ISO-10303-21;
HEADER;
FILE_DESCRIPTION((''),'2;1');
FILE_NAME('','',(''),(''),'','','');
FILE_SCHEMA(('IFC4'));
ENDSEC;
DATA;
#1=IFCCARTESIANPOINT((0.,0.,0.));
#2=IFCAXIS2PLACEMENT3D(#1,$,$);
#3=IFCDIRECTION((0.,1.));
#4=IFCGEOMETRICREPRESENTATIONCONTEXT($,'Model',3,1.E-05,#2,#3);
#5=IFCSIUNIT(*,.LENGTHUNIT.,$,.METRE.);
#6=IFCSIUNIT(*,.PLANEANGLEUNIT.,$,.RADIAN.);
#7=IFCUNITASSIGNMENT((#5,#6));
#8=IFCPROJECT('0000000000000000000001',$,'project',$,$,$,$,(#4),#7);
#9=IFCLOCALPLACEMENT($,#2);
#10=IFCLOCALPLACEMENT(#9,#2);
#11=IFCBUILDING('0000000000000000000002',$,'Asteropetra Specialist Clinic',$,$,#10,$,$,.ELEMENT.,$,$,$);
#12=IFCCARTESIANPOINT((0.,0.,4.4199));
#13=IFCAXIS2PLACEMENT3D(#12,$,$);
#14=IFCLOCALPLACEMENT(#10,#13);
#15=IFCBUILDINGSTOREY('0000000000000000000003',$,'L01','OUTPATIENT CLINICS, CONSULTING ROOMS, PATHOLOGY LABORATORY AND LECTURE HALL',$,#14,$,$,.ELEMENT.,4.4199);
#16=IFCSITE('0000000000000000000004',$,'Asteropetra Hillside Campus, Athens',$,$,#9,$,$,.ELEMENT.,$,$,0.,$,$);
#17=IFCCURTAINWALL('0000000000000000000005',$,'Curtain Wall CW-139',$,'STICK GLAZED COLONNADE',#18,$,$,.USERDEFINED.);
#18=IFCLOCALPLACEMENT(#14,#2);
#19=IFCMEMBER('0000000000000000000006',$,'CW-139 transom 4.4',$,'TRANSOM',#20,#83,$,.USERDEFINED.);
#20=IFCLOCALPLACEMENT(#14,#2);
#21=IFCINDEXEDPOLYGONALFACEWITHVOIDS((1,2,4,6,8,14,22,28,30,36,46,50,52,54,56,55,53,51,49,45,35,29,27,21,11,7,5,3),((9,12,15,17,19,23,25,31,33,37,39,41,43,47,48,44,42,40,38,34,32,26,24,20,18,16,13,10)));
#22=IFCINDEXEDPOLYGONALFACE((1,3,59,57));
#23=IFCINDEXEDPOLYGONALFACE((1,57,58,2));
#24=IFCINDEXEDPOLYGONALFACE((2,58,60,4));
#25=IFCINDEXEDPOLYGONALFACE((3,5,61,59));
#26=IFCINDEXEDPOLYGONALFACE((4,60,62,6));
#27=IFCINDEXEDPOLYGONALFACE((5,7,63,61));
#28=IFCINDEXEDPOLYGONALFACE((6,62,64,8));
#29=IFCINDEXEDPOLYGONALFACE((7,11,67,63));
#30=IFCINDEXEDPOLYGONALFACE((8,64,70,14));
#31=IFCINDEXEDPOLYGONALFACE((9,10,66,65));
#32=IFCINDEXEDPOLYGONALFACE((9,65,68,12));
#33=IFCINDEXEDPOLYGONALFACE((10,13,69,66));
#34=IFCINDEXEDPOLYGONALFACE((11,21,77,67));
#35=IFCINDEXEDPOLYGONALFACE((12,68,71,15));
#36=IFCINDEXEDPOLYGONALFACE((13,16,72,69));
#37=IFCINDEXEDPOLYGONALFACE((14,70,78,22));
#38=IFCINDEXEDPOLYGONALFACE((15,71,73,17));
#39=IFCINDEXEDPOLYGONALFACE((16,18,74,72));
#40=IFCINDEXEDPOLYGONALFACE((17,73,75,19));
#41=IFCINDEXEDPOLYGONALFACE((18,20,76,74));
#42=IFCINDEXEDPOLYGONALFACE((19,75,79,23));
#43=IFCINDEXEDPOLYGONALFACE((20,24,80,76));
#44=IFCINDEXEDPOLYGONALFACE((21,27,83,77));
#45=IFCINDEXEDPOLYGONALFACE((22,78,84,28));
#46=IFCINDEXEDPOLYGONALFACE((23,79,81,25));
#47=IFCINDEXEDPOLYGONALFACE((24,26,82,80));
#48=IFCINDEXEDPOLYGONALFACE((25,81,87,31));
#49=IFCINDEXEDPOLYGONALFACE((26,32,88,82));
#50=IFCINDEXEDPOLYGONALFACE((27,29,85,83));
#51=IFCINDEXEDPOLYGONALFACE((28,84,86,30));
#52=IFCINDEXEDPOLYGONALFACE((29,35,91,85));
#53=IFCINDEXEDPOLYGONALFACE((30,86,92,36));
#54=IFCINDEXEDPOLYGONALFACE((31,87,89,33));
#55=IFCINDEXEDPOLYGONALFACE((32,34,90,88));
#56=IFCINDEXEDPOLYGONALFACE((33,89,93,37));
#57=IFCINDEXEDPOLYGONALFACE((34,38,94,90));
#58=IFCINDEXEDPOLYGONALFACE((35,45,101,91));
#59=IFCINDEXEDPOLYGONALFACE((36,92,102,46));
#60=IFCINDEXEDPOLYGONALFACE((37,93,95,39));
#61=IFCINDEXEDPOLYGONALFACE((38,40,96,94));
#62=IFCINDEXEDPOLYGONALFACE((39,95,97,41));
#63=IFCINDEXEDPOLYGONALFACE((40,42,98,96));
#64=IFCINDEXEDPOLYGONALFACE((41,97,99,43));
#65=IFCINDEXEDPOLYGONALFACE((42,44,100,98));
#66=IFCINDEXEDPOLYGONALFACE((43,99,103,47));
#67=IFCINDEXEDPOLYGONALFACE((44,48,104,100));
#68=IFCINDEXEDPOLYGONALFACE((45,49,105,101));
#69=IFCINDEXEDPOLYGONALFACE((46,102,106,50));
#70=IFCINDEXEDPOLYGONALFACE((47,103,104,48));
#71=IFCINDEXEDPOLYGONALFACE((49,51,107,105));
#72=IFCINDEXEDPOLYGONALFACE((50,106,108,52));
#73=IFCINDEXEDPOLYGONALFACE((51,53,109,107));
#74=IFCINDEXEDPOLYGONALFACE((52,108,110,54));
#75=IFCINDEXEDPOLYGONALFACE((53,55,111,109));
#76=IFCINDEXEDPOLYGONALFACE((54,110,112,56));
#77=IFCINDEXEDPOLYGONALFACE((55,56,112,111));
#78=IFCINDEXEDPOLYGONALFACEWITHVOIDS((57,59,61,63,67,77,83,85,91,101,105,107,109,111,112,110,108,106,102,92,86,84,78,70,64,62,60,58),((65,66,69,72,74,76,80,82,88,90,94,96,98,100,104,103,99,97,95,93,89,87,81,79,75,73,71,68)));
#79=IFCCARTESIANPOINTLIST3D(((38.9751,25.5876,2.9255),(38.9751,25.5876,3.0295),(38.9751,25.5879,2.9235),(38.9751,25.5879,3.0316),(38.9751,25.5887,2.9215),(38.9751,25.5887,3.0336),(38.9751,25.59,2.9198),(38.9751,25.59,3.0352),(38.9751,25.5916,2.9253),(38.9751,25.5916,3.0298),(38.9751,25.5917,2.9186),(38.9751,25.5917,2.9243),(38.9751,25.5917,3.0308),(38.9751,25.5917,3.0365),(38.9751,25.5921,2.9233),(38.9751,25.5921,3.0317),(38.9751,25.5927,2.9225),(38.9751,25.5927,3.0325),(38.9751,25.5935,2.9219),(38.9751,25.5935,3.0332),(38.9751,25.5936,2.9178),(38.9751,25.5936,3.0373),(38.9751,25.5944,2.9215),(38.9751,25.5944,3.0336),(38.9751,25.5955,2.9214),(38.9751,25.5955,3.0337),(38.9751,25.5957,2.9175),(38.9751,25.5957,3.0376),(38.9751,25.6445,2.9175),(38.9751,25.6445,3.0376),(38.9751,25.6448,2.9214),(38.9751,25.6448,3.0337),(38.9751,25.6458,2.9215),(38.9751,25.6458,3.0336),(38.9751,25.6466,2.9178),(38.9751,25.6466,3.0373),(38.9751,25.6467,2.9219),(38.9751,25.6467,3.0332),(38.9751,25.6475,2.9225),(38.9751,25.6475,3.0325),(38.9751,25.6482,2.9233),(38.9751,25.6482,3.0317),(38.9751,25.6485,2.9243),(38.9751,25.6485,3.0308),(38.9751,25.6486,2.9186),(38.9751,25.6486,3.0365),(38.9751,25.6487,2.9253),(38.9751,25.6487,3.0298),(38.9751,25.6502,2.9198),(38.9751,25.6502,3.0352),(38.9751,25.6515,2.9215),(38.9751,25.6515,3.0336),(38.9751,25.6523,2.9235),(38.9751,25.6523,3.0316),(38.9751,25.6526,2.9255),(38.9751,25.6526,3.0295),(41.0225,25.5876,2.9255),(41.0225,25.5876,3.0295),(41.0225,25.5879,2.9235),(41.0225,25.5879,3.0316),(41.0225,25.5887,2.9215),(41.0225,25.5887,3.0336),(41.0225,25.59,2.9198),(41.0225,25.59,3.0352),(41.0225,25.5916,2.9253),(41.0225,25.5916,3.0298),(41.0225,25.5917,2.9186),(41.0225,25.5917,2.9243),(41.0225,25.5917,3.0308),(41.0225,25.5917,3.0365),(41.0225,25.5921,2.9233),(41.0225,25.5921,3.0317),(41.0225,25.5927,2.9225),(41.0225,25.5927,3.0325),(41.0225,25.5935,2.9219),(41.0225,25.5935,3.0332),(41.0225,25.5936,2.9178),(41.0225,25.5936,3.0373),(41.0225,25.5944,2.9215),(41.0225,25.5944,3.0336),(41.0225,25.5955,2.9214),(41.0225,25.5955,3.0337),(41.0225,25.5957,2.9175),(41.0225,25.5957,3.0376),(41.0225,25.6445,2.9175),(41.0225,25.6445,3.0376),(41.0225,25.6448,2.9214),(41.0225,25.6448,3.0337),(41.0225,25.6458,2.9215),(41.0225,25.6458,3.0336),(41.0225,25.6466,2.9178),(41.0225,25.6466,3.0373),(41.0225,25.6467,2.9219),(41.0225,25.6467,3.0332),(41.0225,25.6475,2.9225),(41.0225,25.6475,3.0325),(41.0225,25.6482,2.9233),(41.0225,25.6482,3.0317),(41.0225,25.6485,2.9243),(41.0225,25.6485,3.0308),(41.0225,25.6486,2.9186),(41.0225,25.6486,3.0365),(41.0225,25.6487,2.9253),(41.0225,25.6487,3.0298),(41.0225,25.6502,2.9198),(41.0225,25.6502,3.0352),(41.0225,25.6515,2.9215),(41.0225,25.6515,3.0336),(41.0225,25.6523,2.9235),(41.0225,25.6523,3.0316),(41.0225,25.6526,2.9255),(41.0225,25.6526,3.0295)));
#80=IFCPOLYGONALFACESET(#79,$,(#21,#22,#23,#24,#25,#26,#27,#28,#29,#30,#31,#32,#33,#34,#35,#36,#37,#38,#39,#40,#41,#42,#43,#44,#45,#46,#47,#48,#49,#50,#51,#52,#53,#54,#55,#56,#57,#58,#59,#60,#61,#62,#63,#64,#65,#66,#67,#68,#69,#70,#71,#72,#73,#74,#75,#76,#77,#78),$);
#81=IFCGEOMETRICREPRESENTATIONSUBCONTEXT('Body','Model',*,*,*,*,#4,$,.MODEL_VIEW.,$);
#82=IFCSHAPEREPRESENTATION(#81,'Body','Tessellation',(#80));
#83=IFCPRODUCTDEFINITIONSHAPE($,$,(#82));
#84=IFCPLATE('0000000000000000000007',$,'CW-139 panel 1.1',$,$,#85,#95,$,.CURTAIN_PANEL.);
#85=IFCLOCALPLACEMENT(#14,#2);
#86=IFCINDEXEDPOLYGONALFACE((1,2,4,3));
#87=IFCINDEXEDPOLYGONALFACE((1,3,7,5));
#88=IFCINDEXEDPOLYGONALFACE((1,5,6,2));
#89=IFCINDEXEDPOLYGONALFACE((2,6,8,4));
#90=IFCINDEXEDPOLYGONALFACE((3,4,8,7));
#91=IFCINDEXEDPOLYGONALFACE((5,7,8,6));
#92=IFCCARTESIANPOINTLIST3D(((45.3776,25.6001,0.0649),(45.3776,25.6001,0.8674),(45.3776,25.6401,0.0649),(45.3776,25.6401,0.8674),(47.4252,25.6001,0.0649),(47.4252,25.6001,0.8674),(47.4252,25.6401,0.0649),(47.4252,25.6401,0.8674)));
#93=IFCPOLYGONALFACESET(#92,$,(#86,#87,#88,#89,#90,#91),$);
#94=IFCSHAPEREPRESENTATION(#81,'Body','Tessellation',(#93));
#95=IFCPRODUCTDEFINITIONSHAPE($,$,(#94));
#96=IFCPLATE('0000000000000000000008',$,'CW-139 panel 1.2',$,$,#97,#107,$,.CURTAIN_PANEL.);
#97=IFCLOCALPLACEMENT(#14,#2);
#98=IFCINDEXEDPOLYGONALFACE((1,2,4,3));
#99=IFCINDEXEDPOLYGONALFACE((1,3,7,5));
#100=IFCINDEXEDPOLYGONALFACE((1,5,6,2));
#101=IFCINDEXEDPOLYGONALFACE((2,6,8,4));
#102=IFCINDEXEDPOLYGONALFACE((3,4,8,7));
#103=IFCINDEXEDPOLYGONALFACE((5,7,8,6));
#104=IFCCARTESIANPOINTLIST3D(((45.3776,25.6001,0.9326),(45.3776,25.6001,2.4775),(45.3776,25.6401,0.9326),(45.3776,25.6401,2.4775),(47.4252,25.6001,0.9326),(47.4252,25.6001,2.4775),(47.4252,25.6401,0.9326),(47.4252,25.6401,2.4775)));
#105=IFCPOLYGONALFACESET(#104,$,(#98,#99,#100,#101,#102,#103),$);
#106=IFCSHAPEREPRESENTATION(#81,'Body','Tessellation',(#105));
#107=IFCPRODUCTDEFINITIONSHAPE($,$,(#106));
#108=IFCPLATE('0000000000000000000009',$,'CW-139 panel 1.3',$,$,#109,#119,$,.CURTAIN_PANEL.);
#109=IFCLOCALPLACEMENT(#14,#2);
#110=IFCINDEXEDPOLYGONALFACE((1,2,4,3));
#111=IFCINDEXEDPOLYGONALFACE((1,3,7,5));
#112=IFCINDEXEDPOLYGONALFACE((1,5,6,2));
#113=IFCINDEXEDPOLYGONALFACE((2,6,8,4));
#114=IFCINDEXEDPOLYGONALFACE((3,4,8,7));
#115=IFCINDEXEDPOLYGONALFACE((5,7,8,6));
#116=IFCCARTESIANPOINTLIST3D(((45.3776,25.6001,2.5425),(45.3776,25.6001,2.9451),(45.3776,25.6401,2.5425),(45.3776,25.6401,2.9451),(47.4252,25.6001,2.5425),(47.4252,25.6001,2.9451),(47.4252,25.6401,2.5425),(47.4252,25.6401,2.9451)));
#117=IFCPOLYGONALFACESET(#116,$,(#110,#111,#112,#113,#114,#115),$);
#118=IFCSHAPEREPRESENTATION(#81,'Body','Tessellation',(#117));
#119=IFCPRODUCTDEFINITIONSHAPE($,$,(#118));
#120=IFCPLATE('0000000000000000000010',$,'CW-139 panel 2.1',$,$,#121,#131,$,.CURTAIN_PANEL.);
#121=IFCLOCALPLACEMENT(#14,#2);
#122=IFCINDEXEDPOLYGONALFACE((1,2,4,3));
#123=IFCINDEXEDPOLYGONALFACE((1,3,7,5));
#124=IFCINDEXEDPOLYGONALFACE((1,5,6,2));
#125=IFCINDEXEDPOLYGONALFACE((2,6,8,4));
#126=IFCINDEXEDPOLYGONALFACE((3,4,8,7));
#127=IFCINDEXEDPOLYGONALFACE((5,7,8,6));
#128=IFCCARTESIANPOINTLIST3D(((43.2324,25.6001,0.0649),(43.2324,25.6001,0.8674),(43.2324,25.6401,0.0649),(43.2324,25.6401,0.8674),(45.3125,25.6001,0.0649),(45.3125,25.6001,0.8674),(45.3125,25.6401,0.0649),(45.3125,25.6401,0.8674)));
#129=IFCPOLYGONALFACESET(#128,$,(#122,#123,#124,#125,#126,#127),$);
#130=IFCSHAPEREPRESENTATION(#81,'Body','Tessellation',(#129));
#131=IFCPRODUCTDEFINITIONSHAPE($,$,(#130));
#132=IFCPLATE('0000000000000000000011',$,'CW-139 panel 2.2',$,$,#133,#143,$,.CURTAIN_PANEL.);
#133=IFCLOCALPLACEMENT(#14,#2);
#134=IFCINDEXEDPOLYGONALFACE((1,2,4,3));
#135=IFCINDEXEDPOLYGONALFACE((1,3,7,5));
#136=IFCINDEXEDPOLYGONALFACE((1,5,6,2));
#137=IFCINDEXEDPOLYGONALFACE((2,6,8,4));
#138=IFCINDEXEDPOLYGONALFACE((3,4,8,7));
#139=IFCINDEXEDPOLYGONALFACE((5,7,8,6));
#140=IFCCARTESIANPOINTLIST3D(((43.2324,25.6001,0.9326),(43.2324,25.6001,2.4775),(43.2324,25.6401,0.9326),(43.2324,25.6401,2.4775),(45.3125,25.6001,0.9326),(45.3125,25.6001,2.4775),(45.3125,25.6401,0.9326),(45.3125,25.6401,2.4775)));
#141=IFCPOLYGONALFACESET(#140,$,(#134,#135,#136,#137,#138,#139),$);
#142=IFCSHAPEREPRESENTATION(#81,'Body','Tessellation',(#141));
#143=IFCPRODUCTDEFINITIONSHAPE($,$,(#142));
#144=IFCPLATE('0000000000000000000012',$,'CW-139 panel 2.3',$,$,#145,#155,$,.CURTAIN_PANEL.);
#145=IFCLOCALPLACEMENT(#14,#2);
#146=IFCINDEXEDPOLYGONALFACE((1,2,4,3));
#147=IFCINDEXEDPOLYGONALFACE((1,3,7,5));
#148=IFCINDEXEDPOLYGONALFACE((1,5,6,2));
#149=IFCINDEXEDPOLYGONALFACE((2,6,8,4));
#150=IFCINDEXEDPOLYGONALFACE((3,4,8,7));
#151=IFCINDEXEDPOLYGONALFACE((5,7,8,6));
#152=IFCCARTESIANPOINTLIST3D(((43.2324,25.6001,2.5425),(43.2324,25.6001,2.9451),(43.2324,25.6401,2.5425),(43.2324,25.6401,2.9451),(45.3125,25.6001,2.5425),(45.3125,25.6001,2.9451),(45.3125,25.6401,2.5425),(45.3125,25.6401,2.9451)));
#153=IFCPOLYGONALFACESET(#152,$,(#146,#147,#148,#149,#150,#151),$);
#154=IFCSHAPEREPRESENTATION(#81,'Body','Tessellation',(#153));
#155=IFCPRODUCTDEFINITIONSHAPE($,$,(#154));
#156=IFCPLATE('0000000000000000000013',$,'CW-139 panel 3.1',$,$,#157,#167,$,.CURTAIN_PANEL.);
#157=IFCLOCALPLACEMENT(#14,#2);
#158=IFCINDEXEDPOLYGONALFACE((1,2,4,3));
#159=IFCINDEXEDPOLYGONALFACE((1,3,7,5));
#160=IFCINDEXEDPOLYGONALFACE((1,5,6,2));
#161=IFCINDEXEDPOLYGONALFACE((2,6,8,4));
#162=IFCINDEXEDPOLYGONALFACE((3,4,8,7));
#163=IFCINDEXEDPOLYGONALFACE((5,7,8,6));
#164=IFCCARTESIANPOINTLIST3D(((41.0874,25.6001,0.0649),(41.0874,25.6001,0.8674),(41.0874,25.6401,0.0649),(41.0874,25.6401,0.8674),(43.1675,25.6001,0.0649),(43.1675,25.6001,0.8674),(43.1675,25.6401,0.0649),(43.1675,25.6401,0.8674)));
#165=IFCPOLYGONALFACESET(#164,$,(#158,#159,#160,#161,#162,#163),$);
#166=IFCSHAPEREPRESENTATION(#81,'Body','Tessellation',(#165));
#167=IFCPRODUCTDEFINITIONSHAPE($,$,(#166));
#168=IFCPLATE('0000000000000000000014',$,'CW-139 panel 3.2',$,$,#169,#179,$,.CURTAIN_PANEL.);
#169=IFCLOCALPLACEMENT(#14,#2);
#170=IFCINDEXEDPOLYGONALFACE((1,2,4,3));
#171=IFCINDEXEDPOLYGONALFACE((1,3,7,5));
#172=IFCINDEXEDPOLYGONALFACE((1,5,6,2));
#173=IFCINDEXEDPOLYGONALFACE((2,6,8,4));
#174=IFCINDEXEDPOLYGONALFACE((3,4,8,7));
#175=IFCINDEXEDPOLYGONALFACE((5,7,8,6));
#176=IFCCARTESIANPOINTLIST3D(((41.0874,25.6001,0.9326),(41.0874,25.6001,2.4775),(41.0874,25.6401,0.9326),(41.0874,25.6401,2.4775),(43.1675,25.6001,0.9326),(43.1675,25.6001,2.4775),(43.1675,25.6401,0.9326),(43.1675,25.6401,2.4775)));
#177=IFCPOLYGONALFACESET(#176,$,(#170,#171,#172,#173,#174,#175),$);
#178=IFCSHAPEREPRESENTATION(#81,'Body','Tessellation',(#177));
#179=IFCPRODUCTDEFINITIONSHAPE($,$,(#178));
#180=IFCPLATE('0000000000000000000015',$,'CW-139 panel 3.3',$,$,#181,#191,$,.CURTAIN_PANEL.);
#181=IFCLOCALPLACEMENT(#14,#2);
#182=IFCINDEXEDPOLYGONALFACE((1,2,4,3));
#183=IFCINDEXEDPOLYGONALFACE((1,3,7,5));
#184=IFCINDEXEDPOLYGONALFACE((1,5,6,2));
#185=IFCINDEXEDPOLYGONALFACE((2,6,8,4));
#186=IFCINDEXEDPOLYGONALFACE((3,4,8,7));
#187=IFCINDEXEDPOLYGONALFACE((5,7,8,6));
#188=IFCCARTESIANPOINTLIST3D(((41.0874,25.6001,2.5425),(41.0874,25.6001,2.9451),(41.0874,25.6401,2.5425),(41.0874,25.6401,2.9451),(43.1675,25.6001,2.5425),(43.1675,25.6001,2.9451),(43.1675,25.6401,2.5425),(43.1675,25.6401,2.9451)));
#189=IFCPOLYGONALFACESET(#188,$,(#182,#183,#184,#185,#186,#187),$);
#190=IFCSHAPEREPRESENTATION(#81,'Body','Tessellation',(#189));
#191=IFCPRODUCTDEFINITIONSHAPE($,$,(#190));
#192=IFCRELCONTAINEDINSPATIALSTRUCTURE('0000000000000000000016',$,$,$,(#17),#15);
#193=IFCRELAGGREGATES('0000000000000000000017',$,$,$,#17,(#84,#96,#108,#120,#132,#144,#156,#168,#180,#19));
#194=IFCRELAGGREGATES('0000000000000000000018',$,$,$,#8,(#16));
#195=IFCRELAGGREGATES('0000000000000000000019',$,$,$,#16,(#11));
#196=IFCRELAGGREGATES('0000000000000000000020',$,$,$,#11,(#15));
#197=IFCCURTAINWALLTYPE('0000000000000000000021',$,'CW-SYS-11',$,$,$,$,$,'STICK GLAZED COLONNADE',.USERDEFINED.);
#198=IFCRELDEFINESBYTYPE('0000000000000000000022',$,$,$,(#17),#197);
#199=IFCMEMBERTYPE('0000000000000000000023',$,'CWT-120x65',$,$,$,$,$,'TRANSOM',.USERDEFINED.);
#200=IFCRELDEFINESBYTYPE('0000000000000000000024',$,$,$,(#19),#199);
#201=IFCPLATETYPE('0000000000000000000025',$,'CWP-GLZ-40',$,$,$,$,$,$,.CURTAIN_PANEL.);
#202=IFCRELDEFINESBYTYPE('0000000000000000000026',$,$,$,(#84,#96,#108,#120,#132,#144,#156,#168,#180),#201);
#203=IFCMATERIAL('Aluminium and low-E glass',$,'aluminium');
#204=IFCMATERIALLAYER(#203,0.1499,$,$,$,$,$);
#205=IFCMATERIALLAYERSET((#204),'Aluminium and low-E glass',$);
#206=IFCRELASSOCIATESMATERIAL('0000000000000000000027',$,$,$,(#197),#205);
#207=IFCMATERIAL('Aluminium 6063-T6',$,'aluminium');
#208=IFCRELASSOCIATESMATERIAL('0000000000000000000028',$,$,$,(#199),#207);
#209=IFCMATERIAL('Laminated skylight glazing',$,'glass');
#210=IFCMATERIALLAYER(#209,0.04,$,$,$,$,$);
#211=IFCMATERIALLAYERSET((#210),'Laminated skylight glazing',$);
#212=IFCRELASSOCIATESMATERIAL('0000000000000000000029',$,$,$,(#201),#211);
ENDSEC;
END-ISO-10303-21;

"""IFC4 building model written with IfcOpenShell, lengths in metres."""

from ifc_helpers import new_model, si_unit, direction, frame, origin, origin_2d, place, context, subcontext, project, spatial, rectangle, hollow_rectangle, extrude, material, layer, layer_set, material_profile, profile_set, type_object, element, aggregate, save


model = new_model("IFC4")

# Units and contexts
model_context = context("Model", 3, precision=1e-05, world=origin(), true_north=direction((0.0, 1.0)))
body_context = subcontext(model_context, "Body", "Model", "MODEL_VIEW")
ifc_project = project(units=[si_unit("LENGTHUNIT", "METRE"), si_unit("PLANEANGLEUNIT", "RADIAN")], contexts=[model_context])

# Site, building, storey
site_placement = place(None, origin())
site = spatial("IfcSite", under=ifc_project, at=site_placement, Name="Asteropetra Hillside Campus, Athens", CompositionType="ELEMENT", RefElevation=0.0)
building_placement = place(site_placement, origin())
building = spatial("IfcBuilding", under=site, at=building_placement, Name="Asteropetra Specialist Clinic", CompositionType="ELEMENT")
storey_placement = place(building_placement, frame((0.0, 0.0, 4.4199)))
storey = spatial("IfcBuildingStorey", under=building, at=storey_placement, Name="L01", Description="OUTPATIENT CLINICS, CONSULTING ROOMS, PATHOLOGY LABORATORY AND LECTURE HALL", CompositionType="ELEMENT", Elevation=4.4199)

# Curtain wall, member, plates
ifc_material_1 = material(Name="Aluminium and low-E glass", Category="aluminium")
ifc_layer_1 = layer(ifc_material_1, 0.1499)
ifc_layer_set_1 = layer_set([ifc_layer_1], Name="Aluminium and low-E glass")
curtain_wall_type = type_object("IfcCurtainWallType", Name="CW-SYS-11", ElementType="STICK GLAZED COLONNADE", PredefinedType="USERDEFINED", material=ifc_layer_set_1)
curtain_wall_placement = place(storey_placement, origin())
curtain_wall = element("IfcCurtainWall", 1, at=curtain_wall_placement, inside=storey, type_object=curtain_wall_type, Name="Curtain Wall CW-139", ObjectType="STICK GLAZED COLONNADE", PredefinedType="USERDEFINED")
ifc_material_2 = material(Name="Aluminium 6063-T6", Category="aluminium")
ifc_material_profile_1 = material_profile(ifc_material_2, hollow_rectangle(XDim=0.0649, YDim=0.1201, WallThickness=0.0039, InnerFilletRadius=0.0039, OuterFilletRadius=0.0081, at=origin_2d()), Name="TRN 120x65x4.0")
ifc_profile_set_1 = profile_set([ifc_material_profile_1], Name="Aluminium 6063-T6")
member_type_1 = type_object("IfcMemberType", Name="CWT-120x65", ElementType="TRANSOM", PredefinedType="USERDEFINED", material=ifc_profile_set_1)
member_1_placement = place(storey_placement, frame((41.0225, 25.6201, 2.9775), z_axis=(-1.0, 0.0, 0.0), x_axis=(0.0, -1.0, 0.0)))
member_1 = element("IfcMember", 2, at=member_1_placement, type_object=member_type_1, Name="CW-139 transom 4.4", ObjectType="TRANSOM", PredefinedType="USERDEFINED", context=body_context, shape_type="SweptSolid", body=[
    extrude(hollow_rectangle(XDim=0.0649, YDim=0.1201, WallThickness=0.0039, InnerFilletRadius=0.0039, OuterFilletRadius=0.0081, at=origin_2d()), origin(), (0.0, 0.0, 1.0), 2.0474),
])
ifc_material_3 = material(Name="Laminated skylight glazing", Category="glass")
ifc_layer_2 = layer(ifc_material_3, 0.04)
ifc_layer_set_2 = layer_set([ifc_layer_2], Name="Laminated skylight glazing")
plate_type = type_object("IfcPlateType", Name="CWP-GLZ-40", PredefinedType="CURTAIN_PANEL", material=ifc_layer_set_2)
plate_1_placement = place(storey_placement, frame((46.4014, 25.6201, 0.0649), z_axis=(0.0, 0.0, 1.0), x_axis=(-1.0, 0.0, 0.0)))
plate_1 = element("IfcPlate", 3, at=plate_1_placement, type_object=plate_type, Name="CW-139 panel 1.1", PredefinedType="CURTAIN_PANEL", context=body_context, shape_type="SweptSolid", body=[
    extrude(rectangle(XDim=2.0476, YDim=0.04, at=origin_2d()), origin(), (0.0, 0.0, 1.0), 0.8025),
])
plate_2_placement = place(storey_placement, frame((46.4014, 25.6201, 0.9326), z_axis=(0.0, 0.0, 1.0), x_axis=(-1.0, 0.0, 0.0)))
plate_2 = element("IfcPlate", 4, at=plate_2_placement, type_object=plate_type, Name="CW-139 panel 1.2", PredefinedType="CURTAIN_PANEL", context=body_context, shape_type="SweptSolid", body=[
    extrude(rectangle(XDim=2.0476, YDim=0.04, at=origin_2d()), origin(), (0.0, 0.0, 1.0), 1.5449),
])
plate_3_placement = place(storey_placement, frame((46.4014, 25.6201, 2.5425), z_axis=(0.0, 0.0, 1.0), x_axis=(-1.0, 0.0, 0.0)))
plate_3 = element("IfcPlate", 5, at=plate_3_placement, type_object=plate_type, Name="CW-139 panel 1.3", PredefinedType="CURTAIN_PANEL", context=body_context, shape_type="SweptSolid", body=[
    extrude(rectangle(XDim=2.0476, YDim=0.04, at=origin_2d()), origin(), (0.0, 0.0, 1.0), 0.4026),
])
plate_4_placement = place(storey_placement, frame((44.2725, 25.6201, 0.0649), z_axis=(0.0, 0.0, 1.0), x_axis=(-1.0, 0.0, 0.0)))
plate_4 = element("IfcPlate", 6, at=plate_4_placement, type_object=plate_type, Name="CW-139 panel 2.1", PredefinedType="CURTAIN_PANEL", context=body_context, shape_type="SweptSolid", body=[
    extrude(rectangle(XDim=2.0801, YDim=0.04, at=origin_2d()), origin(), (0.0, 0.0, 1.0), 0.8025),
])
plate_5_placement = place(storey_placement, frame((44.2725, 25.6201, 0.9326), z_axis=(0.0, 0.0, 1.0), x_axis=(-1.0, 0.0, 0.0)))
plate_5 = element("IfcPlate", 7, at=plate_5_placement, type_object=plate_type, Name="CW-139 panel 2.2", PredefinedType="CURTAIN_PANEL", context=body_context, shape_type="SweptSolid", body=[
    extrude(rectangle(XDim=2.0801, YDim=0.04, at=origin_2d()), origin(), (0.0, 0.0, 1.0), 1.5449),
])
plate_6_placement = place(storey_placement, frame((44.2725, 25.6201, 2.5425), z_axis=(0.0, 0.0, 1.0), x_axis=(-1.0, 0.0, 0.0)))
plate_6 = element("IfcPlate", 8, at=plate_6_placement, type_object=plate_type, Name="CW-139 panel 2.3", PredefinedType="CURTAIN_PANEL", context=body_context, shape_type="SweptSolid", body=[
    extrude(rectangle(XDim=2.0801, YDim=0.04, at=origin_2d()), origin(), (0.0, 0.0, 1.0), 0.4026),
])
plate_7_placement = place(storey_placement, frame((42.1274, 25.6201, 0.0649), z_axis=(0.0, 0.0, 1.0), x_axis=(-1.0, 0.0, 0.0)))
plate_7 = element("IfcPlate", 9, at=plate_7_placement, type_object=plate_type, Name="CW-139 panel 3.1", PredefinedType="CURTAIN_PANEL", context=body_context, shape_type="SweptSolid", body=[
    extrude(rectangle(XDim=2.0801, YDim=0.04, at=origin_2d()), origin(), (0.0, 0.0, 1.0), 0.8025),
])
plate_8_placement = place(storey_placement, frame((42.1274, 25.6201, 0.9326), z_axis=(0.0, 0.0, 1.0), x_axis=(-1.0, 0.0, 0.0)))
plate_8 = element("IfcPlate", 10, at=plate_8_placement, type_object=plate_type, Name="CW-139 panel 3.2", PredefinedType="CURTAIN_PANEL", context=body_context, shape_type="SweptSolid", body=[
    extrude(rectangle(XDim=2.0801, YDim=0.04, at=origin_2d()), origin(), (0.0, 0.0, 1.0), 1.5449),
])
plate_9_placement = place(storey_placement, frame((42.1274, 25.6201, 2.5425), z_axis=(0.0, 0.0, 1.0), x_axis=(-1.0, 0.0, 0.0)))
plate_9 = element("IfcPlate", 11, at=plate_9_placement, type_object=plate_type, Name="CW-139 panel 3.3", PredefinedType="CURTAIN_PANEL", context=body_context, shape_type="SweptSolid", body=[
    extrude(rectangle(XDim=2.0801, YDim=0.04, at=origin_2d()), origin(), (0.0, 0.0, 1.0), 0.4026),
])
aggregate(curtain_wall, [plate_1, plate_2, plate_3, plate_4, plate_5, plate_6, plate_7, plate_8, plate_9, member_1])

save(model, "model.ifc")
